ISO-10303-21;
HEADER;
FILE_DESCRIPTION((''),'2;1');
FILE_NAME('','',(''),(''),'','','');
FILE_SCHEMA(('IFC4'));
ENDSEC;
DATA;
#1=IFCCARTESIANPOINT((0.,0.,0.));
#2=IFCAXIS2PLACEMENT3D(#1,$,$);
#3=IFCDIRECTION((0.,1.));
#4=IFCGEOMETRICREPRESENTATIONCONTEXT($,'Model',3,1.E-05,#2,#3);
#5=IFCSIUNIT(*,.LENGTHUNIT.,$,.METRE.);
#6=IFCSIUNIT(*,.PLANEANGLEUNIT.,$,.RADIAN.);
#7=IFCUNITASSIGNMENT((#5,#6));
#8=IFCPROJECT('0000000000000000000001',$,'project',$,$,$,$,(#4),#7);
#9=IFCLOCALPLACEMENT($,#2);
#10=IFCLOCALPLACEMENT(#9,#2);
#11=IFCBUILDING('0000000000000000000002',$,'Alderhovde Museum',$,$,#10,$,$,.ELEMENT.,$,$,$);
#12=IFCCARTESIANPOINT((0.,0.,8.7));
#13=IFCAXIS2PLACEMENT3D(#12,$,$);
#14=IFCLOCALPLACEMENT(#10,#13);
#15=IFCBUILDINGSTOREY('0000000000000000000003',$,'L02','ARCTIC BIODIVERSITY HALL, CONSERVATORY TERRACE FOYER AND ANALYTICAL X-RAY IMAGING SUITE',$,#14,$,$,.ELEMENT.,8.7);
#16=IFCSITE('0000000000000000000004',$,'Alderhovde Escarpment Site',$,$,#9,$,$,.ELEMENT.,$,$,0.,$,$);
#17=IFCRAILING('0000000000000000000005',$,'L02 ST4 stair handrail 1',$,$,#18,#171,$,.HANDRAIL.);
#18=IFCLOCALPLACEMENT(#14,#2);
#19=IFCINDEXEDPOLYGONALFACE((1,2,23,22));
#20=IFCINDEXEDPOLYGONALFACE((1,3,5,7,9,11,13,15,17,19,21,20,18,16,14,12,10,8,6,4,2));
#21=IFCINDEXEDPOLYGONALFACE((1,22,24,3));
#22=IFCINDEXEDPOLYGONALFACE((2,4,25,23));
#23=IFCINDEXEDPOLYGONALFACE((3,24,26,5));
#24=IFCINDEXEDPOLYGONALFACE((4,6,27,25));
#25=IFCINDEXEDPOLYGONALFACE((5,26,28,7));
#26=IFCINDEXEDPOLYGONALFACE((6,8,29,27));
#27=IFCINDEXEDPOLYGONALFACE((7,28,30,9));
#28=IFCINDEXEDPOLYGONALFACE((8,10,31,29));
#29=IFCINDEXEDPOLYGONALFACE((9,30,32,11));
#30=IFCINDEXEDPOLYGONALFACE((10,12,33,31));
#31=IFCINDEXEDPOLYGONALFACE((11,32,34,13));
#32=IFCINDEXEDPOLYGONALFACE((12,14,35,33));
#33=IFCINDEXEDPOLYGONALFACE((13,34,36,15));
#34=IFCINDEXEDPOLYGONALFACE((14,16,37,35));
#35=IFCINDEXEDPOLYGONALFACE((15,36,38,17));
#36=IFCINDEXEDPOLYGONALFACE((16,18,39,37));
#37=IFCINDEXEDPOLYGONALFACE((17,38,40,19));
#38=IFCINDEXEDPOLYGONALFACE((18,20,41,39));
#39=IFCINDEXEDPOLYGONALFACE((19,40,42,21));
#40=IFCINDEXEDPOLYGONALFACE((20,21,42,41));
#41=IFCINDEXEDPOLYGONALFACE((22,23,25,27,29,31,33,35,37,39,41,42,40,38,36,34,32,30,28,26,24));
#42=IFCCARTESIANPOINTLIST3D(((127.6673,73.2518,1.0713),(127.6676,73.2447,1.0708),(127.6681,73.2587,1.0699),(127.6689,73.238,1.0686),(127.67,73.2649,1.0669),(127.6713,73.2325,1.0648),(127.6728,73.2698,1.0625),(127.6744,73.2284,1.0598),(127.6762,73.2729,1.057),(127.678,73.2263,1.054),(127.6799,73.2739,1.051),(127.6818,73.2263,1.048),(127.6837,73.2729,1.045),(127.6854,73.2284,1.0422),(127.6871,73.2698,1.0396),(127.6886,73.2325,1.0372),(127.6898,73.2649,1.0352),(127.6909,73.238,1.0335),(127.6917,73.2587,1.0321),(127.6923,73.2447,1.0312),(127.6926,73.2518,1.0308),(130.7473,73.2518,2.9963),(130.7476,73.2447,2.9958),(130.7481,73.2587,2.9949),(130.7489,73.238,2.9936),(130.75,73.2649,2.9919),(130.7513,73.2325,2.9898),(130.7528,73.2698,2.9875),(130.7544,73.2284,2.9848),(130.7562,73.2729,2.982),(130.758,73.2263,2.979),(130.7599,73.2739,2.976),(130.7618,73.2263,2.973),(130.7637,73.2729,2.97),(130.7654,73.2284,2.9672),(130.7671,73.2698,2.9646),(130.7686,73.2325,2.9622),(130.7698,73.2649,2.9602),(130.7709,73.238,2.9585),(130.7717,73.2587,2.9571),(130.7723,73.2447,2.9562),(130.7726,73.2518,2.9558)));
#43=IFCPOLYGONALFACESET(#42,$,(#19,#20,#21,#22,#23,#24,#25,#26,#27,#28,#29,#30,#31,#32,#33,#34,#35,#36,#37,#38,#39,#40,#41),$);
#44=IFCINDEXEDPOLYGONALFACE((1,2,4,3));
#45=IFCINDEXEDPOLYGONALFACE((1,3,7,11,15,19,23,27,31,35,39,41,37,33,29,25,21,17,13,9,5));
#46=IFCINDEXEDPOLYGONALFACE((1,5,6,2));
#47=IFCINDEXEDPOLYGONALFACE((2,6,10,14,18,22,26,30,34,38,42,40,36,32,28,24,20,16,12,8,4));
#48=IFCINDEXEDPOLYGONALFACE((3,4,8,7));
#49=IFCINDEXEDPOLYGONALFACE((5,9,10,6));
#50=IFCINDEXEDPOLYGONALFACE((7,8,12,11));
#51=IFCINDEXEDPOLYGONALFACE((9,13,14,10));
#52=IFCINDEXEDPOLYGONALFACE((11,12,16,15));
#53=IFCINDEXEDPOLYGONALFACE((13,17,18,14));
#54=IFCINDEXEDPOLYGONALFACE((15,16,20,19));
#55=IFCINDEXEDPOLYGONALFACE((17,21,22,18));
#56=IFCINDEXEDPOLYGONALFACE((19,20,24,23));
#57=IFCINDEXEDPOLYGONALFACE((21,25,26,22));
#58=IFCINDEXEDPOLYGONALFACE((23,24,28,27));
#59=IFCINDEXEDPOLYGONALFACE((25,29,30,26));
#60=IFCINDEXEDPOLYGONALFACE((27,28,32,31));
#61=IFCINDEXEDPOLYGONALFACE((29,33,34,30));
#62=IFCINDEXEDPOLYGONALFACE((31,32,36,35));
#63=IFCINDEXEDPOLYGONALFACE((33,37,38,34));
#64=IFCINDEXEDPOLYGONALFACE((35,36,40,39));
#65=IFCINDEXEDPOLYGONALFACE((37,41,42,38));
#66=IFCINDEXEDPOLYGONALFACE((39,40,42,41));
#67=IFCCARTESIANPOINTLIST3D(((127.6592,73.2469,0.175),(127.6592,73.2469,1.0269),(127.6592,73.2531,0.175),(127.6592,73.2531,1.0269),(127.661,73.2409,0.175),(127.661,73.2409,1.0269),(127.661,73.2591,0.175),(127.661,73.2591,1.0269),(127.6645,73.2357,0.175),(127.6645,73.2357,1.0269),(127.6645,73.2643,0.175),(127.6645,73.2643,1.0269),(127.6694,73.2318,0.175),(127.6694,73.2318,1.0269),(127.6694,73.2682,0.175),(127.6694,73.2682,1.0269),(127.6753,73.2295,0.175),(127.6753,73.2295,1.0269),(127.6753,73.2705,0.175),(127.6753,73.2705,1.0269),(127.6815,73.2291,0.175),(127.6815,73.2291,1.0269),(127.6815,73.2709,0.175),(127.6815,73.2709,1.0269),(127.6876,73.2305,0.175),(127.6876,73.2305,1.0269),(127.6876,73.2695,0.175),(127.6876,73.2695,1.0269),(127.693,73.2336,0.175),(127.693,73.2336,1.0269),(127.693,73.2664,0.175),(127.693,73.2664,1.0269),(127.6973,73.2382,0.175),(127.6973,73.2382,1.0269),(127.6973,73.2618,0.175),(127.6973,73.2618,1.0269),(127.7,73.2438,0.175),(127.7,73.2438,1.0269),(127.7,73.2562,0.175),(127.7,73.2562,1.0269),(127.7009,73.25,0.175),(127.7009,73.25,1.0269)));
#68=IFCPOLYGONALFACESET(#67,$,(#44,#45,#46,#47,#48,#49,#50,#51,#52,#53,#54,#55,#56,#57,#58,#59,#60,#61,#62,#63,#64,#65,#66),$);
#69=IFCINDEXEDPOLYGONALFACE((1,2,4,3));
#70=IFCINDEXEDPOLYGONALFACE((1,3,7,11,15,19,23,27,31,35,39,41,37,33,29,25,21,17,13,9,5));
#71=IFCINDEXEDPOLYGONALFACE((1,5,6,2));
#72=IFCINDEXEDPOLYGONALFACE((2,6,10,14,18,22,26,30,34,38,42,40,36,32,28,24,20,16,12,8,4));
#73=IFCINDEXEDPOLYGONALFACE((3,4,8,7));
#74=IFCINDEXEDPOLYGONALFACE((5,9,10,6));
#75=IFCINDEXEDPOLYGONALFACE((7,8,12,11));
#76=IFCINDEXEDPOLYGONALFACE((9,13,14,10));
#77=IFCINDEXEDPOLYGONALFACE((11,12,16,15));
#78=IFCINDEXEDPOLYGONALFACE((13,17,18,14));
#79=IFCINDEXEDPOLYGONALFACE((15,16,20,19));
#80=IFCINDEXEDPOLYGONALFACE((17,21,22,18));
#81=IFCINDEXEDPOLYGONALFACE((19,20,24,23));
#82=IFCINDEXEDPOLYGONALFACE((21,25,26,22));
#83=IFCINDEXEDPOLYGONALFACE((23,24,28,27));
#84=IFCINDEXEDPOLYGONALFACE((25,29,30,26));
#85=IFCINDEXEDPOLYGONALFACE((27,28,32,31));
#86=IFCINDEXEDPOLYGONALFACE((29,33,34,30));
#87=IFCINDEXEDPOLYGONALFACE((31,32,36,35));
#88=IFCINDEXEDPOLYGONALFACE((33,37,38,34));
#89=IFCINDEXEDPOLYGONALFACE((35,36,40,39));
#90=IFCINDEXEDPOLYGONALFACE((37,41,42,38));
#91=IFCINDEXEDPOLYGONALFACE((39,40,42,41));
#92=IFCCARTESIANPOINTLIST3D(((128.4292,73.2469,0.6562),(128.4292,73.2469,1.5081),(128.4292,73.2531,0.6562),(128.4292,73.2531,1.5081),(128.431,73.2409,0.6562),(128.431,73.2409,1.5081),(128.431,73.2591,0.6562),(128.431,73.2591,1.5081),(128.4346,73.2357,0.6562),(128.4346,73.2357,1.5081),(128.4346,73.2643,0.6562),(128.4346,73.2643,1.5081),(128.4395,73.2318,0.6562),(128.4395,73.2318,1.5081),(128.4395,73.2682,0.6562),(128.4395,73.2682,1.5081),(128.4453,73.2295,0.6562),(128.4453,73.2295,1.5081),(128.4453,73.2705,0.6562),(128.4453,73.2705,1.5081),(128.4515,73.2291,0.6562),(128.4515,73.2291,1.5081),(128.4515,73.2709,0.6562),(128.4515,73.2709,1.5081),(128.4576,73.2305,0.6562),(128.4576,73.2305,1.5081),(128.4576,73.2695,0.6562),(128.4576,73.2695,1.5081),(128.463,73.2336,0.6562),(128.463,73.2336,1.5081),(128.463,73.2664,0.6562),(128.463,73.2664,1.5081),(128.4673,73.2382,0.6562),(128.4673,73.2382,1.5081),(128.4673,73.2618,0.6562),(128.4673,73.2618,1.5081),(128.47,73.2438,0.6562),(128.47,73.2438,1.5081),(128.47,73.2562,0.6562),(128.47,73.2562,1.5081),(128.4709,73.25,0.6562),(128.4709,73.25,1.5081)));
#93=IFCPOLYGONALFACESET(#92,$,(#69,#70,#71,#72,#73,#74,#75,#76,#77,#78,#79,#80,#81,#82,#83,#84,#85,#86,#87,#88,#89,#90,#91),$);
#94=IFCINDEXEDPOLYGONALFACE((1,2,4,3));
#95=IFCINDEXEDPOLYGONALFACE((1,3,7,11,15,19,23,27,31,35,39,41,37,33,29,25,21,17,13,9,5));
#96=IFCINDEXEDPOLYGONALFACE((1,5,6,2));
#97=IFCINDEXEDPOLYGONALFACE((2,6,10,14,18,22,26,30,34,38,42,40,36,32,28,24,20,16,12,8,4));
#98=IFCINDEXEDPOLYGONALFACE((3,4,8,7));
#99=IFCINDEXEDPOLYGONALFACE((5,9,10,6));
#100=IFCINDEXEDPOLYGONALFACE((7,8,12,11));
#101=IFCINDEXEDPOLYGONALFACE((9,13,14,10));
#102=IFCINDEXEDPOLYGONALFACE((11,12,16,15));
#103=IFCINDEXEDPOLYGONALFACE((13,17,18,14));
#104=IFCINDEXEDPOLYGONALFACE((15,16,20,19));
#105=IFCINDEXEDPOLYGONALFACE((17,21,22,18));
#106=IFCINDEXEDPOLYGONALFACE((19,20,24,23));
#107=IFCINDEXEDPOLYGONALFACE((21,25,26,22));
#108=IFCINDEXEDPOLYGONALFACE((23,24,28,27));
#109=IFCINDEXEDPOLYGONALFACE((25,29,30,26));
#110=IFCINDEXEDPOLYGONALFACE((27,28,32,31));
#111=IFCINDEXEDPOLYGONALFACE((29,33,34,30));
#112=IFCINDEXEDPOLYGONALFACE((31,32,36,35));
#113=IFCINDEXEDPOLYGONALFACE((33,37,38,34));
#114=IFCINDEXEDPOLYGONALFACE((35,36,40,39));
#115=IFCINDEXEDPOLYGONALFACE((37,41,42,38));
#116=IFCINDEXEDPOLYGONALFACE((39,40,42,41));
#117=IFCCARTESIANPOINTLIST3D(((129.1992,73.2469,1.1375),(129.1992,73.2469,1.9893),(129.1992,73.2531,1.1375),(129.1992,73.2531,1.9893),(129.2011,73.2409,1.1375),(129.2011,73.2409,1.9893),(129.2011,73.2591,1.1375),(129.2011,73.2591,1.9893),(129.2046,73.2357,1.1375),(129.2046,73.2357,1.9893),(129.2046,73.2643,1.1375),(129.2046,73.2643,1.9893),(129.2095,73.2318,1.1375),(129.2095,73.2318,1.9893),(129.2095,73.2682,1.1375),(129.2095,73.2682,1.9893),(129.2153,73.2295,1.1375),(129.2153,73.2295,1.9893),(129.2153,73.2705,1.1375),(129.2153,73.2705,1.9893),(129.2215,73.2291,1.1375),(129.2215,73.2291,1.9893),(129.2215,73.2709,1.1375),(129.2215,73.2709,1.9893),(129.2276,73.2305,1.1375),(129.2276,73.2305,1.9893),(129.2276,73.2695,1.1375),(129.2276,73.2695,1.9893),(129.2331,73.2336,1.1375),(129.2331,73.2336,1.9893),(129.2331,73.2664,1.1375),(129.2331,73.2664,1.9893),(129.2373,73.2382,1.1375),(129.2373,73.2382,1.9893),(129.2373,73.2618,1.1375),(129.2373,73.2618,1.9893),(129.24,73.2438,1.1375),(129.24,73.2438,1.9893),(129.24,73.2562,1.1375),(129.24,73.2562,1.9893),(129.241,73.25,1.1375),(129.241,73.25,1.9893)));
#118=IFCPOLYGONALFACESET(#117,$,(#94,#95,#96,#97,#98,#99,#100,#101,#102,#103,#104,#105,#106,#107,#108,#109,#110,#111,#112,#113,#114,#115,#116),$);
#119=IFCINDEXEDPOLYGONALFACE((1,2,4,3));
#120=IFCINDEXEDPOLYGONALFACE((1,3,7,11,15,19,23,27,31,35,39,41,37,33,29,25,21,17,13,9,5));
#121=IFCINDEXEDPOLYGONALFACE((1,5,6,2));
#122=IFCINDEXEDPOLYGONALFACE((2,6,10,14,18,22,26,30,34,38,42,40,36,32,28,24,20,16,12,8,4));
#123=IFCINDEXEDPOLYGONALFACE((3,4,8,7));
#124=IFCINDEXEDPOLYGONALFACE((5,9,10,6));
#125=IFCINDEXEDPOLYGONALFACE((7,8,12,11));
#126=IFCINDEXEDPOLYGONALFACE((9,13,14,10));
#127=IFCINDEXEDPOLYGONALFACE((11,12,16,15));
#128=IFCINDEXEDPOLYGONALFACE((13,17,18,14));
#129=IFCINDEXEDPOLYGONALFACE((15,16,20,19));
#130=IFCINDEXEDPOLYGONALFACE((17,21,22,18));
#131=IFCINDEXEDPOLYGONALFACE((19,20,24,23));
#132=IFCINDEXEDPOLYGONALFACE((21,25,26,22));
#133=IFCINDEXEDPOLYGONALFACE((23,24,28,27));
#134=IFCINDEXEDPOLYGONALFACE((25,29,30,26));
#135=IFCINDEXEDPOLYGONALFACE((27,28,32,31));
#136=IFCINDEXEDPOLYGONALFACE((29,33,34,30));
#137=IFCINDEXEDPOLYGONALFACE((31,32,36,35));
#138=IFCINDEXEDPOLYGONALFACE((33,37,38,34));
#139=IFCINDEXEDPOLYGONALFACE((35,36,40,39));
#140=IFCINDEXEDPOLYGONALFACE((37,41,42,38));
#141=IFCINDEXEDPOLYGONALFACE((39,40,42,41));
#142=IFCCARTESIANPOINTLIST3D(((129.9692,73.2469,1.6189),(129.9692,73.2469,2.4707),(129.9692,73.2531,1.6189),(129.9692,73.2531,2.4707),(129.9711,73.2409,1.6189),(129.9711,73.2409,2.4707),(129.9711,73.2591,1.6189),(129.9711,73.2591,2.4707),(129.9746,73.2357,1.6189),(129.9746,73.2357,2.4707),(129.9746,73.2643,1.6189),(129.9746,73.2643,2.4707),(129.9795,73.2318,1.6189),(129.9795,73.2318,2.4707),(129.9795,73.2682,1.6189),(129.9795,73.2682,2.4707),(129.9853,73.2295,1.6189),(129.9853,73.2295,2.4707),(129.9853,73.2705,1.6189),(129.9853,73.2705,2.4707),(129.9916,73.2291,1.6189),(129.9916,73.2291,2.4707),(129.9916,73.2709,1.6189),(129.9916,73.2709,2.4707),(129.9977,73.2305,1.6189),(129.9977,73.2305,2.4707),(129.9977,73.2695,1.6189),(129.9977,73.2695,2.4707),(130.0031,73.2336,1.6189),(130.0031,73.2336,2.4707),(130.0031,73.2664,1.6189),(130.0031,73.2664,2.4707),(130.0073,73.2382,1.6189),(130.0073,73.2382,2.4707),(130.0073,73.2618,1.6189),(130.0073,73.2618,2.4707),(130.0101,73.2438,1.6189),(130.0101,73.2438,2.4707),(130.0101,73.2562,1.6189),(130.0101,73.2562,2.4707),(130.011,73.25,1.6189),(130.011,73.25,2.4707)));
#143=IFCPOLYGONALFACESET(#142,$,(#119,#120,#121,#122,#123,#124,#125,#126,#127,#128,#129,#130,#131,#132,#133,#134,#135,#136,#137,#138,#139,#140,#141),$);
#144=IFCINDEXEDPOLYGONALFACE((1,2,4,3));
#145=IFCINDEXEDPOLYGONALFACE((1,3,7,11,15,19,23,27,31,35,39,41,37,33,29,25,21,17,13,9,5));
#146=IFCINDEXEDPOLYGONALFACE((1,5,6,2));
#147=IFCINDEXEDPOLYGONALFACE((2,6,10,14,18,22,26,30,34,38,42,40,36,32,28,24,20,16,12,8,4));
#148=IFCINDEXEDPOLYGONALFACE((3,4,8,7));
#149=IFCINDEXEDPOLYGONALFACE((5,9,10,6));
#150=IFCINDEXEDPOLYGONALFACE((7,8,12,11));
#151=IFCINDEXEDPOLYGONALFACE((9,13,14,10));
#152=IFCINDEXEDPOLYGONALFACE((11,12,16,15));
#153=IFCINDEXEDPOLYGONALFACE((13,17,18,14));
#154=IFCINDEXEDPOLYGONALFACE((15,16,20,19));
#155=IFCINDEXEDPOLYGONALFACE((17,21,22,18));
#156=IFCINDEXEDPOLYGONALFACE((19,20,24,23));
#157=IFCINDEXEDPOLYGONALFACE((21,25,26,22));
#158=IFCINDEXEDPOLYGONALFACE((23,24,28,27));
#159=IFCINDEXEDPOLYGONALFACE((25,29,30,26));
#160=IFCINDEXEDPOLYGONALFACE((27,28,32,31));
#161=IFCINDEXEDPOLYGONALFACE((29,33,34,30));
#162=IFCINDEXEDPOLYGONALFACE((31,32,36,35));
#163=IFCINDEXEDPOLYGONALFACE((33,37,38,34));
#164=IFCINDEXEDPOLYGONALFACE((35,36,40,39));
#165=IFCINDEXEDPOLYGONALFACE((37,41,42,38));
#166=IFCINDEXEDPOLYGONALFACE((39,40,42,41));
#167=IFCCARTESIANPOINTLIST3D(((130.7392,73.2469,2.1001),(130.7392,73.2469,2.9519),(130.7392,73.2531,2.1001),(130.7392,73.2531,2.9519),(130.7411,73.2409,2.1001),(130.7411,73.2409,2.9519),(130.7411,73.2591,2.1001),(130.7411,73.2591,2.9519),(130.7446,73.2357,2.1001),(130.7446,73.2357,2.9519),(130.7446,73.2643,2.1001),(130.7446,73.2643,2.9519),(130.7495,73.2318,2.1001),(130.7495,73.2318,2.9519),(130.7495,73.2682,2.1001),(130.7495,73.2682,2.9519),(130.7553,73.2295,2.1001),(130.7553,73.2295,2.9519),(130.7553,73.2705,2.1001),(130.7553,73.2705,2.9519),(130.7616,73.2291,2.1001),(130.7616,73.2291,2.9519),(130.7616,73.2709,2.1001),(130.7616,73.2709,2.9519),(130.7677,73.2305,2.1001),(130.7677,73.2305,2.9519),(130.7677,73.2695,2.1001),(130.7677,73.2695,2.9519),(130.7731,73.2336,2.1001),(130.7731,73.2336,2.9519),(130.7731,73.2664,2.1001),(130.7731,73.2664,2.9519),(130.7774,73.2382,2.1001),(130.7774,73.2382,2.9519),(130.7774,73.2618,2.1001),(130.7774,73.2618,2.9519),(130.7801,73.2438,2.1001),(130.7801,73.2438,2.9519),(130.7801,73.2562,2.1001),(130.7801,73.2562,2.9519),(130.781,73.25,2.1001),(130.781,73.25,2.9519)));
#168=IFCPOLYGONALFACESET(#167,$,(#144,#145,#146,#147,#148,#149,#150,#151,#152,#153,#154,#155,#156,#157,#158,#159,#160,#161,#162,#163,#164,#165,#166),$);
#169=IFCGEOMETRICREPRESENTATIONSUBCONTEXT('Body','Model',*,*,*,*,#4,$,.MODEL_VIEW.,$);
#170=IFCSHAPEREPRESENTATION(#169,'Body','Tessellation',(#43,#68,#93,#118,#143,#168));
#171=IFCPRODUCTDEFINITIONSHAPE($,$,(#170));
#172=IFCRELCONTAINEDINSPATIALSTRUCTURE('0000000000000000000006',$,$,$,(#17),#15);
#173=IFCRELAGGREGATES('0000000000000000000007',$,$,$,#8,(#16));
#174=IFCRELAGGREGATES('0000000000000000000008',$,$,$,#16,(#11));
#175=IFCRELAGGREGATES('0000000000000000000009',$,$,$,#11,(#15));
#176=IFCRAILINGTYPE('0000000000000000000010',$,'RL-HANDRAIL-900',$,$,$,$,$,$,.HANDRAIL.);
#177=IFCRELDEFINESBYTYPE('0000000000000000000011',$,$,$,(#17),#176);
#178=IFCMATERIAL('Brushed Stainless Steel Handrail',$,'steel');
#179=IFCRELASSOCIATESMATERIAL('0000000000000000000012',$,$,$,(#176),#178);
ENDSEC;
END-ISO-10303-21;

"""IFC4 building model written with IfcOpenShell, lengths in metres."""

from ifc_helpers import new_model, si_unit, direction, frame, origin, origin_2d, place, context, subcontext, project, spatial, circle, extrude, material, type_object, element, save


model = new_model("IFC4")

# Units and contexts
model_context = context("Model", 3, precision=1e-05, world=origin(), true_north=direction((0.0, 1.0)))
body_context = subcontext(model_context, "Body", "Model", "MODEL_VIEW")
ifc_project = project(units=[si_unit("LENGTHUNIT", "METRE"), si_unit("PLANEANGLEUNIT", "RADIAN")], contexts=[model_context])

# Site, building, storey
site_placement = place(None, origin())
site = spatial("IfcSite", under=ifc_project, at=site_placement, Name="Alderhovde Escarpment Site", CompositionType="ELEMENT", RefElevation=0.0)
building_placement = place(site_placement, origin())
building = spatial("IfcBuilding", under=site, at=building_placement, Name="Alderhovde Museum", CompositionType="ELEMENT")
storey_placement = place(building_placement, frame((0.0, 0.0, 8.7)))
storey = spatial("IfcBuildingStorey", under=building, at=storey_placement, Name="L02", Description="ARCTIC BIODIVERSITY HALL, CONSERVATORY TERRACE FOYER AND ANALYTICAL X-RAY IMAGING SUITE", CompositionType="ELEMENT", Elevation=8.7)

# Railing
ifc_material_1 = material(Name="Brushed Stainless Steel Handrail", Category="steel")
railing_type_1 = type_object("IfcRailingType", Name="RL-HANDRAIL-900", PredefinedType="HANDRAIL", material=ifc_material_1)
railing_1_placement = place(storey_placement, frame((127.6799, 73.25, 0.175)))
element("IfcRailing", 1, at=railing_1_placement, inside=storey, type_object=railing_type_1, Name="L02 ST4 stair handrail 1", PredefinedType="HANDRAIL", context=body_context, shape_type="SweptSolid", body=[
    extrude(circle(Radius=0.0239, at=origin_2d()), frame((0.0, 0.0, 0.876), z_axis=(0.847998, 0.0, 0.529999), x_axis=(0.0, 1.0, 0.0)), (0.0, 0.0, 1.0), 3.6321),
    extrude(circle(Radius=0.021, at=origin_2d()), origin(), (0.0, 0.0, 1.0), 0.8518),
    extrude(circle(Radius=0.021, at=origin_2d()), frame((0.77, 0.0, 0.4812)), (0.0, 0.0, 1.0), 0.8518),
    extrude(circle(Radius=0.021, at=origin_2d()), frame((1.54, 0.0, 0.9624)), (0.0, 0.0, 1.0), 0.8518),
    extrude(circle(Radius=0.021, at=origin_2d()), frame((2.3101, 0.0, 1.4438)), (0.0, 0.0, 1.0), 0.8518),
    extrude(circle(Radius=0.021, at=origin_2d()), frame((3.0801, 0.0, 1.925)), (0.0, 0.0, 1.0), 0.8518),
])

save(model, "model.ifc")
